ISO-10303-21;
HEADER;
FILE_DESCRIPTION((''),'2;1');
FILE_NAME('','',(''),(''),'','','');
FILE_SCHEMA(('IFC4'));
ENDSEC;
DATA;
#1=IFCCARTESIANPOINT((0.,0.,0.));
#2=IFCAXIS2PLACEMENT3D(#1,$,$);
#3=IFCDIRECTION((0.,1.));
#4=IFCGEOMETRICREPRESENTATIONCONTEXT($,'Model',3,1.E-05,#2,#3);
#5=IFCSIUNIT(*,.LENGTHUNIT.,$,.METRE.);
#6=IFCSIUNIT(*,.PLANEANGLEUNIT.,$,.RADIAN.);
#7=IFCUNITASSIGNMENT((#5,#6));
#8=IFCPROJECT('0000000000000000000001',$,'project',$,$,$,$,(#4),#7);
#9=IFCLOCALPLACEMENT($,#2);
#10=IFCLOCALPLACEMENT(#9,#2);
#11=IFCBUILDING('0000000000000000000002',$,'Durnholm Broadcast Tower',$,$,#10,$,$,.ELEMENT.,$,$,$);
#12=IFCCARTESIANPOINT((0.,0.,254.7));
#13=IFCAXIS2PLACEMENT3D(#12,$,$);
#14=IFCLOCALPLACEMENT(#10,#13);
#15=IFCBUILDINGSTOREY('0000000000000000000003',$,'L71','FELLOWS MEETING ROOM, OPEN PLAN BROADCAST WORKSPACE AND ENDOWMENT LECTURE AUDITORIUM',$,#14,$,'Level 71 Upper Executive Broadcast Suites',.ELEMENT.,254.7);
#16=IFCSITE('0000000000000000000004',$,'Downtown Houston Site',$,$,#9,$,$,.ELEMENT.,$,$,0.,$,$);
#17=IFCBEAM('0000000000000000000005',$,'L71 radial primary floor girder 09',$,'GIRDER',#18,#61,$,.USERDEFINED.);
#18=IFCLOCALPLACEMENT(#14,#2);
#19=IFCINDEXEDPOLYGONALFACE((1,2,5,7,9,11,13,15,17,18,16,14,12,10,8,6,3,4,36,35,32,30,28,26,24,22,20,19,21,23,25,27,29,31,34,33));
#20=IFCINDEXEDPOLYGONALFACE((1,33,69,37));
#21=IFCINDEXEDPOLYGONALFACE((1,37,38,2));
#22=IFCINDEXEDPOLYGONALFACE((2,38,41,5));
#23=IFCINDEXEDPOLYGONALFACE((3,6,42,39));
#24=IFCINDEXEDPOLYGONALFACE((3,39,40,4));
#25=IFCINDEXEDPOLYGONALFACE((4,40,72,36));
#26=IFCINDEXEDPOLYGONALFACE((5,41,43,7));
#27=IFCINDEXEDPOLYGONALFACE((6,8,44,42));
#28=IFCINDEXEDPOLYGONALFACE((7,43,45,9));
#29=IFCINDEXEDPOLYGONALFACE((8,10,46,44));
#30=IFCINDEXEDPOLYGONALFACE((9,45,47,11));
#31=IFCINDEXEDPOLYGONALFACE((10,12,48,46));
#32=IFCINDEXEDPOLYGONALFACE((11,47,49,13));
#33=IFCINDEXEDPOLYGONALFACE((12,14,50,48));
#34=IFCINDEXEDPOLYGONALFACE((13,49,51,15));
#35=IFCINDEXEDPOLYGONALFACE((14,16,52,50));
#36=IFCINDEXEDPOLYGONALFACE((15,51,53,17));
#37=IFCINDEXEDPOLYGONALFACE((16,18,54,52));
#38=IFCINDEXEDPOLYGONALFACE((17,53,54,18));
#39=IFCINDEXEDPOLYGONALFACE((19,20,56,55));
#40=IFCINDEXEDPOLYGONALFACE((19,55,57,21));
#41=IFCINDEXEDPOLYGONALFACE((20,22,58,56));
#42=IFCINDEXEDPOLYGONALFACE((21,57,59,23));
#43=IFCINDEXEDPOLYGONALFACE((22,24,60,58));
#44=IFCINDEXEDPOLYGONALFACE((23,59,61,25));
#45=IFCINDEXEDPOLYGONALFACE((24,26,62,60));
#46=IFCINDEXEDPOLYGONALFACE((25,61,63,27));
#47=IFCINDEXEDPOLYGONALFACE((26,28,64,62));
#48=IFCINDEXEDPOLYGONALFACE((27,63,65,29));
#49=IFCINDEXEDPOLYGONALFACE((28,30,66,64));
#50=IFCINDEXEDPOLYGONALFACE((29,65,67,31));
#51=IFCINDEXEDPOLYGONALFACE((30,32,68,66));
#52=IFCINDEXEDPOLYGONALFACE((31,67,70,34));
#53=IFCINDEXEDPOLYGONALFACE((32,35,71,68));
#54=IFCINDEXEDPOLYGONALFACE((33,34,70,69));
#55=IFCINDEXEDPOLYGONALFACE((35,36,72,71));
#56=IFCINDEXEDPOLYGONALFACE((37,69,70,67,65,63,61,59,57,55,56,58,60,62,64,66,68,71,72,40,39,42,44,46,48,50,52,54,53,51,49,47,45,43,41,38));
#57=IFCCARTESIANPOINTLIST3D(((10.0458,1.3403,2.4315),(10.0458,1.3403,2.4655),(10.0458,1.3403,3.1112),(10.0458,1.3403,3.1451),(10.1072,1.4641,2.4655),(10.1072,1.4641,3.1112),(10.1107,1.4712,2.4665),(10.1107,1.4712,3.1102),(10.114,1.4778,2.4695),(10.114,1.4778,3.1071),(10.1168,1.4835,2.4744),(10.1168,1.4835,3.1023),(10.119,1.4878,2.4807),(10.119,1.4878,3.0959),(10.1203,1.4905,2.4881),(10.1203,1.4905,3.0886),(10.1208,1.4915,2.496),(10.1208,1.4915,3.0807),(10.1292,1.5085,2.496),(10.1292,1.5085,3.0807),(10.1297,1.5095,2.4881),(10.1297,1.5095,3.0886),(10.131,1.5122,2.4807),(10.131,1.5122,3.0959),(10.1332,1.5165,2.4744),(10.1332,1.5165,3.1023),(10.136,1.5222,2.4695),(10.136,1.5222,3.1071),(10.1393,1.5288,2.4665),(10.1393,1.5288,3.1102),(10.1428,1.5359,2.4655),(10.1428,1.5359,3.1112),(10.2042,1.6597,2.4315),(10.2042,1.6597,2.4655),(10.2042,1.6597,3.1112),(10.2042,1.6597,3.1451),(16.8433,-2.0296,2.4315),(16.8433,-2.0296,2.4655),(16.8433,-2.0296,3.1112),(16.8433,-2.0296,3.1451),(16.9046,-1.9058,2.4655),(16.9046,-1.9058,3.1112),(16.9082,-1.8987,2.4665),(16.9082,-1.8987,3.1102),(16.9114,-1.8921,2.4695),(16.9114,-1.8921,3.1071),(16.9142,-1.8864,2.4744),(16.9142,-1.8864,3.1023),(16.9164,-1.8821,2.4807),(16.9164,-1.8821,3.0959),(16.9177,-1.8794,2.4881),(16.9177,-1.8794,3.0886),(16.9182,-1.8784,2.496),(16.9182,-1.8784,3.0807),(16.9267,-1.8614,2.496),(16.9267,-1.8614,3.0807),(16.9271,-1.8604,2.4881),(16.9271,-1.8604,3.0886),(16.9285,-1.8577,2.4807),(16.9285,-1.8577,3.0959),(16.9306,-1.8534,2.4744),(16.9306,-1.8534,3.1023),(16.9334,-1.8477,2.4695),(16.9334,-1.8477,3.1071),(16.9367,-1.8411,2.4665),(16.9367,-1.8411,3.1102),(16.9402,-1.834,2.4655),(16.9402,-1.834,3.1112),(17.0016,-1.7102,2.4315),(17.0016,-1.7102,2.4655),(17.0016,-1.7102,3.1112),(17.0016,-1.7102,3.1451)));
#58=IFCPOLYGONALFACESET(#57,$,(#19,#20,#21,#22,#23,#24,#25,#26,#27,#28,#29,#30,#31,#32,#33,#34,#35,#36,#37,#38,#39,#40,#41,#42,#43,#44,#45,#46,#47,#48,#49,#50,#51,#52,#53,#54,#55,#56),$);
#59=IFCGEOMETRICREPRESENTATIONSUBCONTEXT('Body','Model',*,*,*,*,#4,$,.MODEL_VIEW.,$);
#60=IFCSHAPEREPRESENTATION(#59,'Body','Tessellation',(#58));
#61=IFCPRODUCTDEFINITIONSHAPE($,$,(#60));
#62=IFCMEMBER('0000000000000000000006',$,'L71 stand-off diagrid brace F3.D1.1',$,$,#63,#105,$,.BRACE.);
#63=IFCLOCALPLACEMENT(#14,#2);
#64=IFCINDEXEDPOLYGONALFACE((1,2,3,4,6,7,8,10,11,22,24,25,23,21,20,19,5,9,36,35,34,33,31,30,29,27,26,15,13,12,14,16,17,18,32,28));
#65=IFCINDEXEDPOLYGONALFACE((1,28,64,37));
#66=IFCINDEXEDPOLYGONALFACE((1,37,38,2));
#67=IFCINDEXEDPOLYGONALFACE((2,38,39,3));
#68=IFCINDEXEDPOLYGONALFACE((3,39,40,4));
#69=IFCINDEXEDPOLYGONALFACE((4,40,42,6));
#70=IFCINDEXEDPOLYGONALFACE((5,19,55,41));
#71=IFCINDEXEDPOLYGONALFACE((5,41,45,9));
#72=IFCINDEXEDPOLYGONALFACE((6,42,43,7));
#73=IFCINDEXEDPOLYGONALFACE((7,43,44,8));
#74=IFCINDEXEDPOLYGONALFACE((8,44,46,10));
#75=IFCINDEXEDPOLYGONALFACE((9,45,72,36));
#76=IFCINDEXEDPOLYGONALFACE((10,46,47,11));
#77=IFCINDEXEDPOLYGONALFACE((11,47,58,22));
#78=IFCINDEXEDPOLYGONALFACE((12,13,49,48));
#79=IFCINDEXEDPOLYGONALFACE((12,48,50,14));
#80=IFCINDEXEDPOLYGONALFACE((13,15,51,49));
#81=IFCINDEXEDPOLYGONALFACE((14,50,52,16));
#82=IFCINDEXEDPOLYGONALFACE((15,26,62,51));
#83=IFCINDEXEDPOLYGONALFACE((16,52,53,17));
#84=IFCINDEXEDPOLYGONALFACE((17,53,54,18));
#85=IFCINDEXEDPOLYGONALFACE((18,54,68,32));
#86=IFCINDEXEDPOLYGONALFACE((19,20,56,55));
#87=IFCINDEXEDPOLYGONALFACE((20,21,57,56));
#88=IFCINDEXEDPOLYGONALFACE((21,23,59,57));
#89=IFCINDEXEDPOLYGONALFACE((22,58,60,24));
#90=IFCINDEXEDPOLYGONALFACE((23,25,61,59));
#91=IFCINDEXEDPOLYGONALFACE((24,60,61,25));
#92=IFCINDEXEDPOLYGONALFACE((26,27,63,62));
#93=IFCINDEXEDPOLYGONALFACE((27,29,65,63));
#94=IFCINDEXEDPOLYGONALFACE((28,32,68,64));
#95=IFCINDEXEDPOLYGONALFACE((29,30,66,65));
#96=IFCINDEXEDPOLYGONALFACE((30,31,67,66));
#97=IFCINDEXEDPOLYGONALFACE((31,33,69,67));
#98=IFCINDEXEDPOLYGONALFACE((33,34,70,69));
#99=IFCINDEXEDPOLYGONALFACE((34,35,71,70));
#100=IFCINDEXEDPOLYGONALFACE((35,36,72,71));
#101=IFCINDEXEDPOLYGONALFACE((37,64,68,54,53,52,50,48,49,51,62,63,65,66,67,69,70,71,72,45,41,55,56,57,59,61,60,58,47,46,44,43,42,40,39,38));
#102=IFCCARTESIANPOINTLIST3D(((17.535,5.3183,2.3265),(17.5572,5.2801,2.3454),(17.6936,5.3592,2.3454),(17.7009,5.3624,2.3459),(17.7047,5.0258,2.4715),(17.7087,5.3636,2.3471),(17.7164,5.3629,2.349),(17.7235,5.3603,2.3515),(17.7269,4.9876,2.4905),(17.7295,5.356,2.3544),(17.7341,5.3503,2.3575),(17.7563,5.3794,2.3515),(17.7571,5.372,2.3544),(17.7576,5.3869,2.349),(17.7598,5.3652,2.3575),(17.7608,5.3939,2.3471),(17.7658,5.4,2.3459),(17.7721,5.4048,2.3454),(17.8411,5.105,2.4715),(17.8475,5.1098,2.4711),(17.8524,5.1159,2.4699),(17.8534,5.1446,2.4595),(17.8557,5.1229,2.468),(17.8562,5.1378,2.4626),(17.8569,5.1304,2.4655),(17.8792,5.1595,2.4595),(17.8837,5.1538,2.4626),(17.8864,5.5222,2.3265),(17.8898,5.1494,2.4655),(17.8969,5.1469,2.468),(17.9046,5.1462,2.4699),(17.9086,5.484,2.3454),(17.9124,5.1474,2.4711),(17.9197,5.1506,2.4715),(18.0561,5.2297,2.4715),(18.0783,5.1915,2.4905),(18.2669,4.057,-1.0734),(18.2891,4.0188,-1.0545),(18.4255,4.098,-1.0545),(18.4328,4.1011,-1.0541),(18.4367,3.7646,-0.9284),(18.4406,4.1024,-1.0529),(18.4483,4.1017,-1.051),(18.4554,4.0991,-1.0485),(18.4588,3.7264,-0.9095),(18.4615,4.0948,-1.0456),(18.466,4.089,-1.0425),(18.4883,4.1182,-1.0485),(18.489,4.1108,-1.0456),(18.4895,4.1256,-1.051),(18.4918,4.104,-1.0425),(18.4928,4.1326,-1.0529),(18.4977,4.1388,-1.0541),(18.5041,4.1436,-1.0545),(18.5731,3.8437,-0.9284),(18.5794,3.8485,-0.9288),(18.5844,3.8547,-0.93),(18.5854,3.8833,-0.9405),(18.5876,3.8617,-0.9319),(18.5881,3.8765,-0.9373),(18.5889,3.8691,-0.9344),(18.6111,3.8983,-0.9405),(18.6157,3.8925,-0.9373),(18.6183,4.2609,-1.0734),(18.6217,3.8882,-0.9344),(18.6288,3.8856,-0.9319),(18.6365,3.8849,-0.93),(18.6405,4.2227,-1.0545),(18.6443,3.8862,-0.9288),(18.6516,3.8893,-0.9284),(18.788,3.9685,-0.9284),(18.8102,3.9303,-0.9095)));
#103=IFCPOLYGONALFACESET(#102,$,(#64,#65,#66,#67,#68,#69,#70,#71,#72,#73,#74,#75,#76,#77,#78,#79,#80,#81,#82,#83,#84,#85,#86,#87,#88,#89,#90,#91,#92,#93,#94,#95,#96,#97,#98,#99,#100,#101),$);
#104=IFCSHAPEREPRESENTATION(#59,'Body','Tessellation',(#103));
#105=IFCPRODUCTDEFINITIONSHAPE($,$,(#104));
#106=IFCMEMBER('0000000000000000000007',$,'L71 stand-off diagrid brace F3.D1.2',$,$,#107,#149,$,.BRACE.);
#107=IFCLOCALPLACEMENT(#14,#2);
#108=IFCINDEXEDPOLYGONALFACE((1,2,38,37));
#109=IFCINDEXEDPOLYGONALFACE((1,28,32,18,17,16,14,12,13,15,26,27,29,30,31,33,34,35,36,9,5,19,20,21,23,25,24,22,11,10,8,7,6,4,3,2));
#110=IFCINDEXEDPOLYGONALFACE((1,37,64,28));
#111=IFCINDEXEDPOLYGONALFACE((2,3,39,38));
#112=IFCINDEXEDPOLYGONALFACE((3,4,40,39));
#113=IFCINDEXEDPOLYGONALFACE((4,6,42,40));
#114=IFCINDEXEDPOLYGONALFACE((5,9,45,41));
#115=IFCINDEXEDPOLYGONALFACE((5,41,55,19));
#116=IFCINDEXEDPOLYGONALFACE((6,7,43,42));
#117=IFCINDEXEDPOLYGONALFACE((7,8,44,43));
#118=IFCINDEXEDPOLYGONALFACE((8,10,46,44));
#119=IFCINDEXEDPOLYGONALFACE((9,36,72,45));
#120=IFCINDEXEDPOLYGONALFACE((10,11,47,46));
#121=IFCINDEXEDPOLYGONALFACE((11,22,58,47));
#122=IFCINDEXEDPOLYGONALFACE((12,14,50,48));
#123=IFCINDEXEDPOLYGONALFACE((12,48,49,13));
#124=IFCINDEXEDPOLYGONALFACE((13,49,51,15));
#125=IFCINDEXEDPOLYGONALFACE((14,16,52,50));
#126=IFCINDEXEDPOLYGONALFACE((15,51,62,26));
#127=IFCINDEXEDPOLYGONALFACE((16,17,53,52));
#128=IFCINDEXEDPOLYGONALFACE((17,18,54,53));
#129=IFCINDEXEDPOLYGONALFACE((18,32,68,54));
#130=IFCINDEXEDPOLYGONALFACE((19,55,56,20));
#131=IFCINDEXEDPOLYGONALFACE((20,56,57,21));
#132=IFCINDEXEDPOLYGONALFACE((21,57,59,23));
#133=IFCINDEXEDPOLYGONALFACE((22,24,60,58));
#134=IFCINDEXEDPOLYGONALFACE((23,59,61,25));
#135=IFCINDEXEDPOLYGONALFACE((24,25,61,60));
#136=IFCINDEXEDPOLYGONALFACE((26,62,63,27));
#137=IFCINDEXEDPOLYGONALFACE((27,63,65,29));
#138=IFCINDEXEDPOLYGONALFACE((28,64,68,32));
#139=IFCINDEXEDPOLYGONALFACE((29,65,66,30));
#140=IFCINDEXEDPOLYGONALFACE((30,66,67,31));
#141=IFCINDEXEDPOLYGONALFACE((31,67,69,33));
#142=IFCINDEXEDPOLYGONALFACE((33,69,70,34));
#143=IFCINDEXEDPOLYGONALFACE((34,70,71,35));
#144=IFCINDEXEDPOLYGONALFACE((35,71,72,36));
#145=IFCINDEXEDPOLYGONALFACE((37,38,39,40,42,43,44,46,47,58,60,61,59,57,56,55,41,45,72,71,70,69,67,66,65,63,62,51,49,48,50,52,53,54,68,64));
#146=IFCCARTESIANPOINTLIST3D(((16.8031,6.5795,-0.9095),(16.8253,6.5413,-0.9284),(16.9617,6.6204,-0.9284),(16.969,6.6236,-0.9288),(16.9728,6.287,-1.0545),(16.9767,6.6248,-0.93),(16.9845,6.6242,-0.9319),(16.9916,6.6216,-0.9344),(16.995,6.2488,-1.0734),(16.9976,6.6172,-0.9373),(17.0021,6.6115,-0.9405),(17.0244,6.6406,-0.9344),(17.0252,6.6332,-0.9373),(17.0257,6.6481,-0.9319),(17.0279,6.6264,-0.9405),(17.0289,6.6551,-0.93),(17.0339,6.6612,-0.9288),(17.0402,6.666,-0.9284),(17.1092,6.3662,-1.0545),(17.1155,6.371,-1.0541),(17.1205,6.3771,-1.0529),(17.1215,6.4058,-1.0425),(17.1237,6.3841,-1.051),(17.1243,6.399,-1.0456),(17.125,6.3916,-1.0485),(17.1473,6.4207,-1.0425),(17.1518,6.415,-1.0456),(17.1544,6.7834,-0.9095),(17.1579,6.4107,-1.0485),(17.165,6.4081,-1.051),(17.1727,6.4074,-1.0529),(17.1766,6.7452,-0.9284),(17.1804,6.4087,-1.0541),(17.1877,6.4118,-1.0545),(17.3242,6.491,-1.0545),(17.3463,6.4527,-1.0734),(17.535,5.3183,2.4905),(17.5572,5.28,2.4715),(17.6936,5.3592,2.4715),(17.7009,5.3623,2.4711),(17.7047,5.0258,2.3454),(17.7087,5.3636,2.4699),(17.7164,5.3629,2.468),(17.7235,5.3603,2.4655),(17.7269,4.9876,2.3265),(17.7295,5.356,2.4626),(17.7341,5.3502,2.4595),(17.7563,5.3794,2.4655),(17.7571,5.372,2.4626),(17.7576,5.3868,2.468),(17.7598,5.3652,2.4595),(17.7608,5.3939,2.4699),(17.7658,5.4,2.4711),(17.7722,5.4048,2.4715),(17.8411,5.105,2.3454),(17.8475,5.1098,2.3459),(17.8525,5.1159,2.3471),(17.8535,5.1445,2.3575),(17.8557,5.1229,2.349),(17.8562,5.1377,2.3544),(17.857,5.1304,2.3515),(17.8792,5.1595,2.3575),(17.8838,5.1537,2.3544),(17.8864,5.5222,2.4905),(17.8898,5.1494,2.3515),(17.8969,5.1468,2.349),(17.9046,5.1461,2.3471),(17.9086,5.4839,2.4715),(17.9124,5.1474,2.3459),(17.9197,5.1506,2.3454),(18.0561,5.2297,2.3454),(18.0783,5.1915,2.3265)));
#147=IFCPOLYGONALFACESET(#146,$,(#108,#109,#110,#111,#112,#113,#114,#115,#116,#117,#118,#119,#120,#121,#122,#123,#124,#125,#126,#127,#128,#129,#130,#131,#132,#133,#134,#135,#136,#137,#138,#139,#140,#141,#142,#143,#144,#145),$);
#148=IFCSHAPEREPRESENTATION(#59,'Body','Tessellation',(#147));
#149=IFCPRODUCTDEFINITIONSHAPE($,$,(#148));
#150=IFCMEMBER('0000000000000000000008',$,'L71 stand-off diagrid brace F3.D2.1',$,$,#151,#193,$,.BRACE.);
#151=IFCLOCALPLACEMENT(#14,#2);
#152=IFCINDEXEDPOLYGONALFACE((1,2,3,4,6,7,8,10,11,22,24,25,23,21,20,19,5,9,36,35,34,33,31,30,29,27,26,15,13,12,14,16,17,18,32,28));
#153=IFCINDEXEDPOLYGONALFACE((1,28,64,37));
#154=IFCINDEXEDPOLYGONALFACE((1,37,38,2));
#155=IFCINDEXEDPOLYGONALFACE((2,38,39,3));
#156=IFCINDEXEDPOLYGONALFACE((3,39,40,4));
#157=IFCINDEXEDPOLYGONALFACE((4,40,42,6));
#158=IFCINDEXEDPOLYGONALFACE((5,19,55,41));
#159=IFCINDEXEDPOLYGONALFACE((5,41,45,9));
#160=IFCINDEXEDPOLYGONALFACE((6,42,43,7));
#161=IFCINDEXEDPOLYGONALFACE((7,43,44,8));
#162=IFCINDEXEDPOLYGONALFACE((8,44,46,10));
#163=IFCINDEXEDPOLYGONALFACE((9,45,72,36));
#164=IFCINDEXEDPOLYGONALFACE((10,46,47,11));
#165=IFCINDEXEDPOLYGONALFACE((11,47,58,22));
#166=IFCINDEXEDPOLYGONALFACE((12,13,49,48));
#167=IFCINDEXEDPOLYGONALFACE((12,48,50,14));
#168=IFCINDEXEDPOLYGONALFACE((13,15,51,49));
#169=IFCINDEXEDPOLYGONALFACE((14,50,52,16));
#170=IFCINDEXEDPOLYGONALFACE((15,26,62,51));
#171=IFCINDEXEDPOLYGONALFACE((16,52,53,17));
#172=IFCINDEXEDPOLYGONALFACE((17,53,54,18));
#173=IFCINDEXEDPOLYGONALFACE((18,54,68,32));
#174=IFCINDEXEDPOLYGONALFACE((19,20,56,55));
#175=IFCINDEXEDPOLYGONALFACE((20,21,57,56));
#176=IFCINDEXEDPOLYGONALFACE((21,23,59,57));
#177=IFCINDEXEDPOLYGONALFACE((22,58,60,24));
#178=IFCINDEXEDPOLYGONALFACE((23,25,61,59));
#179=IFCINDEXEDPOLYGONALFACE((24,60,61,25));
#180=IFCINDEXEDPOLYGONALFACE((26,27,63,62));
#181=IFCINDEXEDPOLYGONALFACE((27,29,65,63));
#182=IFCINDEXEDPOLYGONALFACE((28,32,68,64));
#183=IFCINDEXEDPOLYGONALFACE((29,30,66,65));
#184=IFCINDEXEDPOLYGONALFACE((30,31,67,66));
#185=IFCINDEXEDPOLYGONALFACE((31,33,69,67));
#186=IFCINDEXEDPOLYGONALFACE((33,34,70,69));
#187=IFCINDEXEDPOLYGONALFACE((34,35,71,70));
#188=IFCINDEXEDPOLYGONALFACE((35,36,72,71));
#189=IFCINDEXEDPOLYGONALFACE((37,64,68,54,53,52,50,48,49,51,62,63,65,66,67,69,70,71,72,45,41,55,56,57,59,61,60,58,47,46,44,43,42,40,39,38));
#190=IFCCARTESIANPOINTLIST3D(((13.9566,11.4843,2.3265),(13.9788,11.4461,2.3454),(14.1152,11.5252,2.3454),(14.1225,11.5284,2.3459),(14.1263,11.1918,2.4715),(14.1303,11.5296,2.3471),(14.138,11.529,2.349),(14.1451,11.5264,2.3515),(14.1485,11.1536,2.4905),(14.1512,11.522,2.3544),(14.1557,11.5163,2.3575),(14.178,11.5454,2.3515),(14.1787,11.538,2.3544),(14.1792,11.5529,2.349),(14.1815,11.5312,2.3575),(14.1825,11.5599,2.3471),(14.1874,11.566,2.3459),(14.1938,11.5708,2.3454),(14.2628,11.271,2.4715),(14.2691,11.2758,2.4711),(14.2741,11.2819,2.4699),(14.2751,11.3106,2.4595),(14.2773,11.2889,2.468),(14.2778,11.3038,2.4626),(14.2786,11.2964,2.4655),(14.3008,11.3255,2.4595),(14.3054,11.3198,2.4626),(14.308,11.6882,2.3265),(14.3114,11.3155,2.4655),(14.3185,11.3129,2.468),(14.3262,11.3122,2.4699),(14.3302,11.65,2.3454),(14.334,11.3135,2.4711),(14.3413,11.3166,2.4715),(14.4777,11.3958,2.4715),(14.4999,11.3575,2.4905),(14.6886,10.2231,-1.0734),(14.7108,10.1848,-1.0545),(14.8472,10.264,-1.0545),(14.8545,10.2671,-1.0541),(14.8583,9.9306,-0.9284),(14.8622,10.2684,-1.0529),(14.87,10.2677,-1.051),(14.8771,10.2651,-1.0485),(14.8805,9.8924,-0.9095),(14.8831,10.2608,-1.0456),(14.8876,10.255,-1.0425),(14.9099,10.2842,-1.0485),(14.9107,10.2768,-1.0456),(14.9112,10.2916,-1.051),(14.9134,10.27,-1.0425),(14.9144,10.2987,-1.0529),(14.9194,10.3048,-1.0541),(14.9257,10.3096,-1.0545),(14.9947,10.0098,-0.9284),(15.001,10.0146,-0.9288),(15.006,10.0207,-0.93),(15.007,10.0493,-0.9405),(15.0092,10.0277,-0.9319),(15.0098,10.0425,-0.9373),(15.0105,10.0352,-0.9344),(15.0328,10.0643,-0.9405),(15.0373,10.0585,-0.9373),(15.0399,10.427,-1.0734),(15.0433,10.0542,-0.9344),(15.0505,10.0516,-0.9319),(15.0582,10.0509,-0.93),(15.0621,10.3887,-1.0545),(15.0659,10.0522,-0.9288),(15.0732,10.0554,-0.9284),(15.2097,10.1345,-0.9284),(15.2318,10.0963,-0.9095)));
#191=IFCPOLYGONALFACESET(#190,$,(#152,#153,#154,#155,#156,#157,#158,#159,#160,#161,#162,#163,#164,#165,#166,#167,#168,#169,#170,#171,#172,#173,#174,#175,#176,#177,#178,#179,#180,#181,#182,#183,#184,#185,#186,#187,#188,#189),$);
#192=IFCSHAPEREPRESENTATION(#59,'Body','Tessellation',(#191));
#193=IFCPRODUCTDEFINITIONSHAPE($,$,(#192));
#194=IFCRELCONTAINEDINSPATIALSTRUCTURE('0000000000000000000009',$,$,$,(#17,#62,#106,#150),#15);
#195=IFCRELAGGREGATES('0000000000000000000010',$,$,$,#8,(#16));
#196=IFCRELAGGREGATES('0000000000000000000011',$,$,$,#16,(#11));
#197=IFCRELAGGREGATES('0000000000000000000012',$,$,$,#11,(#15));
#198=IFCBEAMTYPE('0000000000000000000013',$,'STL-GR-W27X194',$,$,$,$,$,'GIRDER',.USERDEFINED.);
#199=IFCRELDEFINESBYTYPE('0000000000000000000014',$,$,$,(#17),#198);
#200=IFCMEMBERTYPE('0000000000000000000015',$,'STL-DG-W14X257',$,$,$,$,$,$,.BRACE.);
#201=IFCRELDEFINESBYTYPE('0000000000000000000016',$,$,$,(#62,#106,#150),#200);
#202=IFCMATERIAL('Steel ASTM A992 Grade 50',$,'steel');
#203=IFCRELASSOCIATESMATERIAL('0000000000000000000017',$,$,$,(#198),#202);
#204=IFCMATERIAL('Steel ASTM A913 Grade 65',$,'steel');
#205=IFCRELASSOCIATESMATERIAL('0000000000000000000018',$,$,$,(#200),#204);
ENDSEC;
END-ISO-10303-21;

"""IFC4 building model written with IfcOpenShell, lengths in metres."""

from ifc_helpers import new_model, si_unit, direction, frame, origin, origin_2d, place, context, subcontext, project, spatial, i_section, extrude, source, transform, mapped, material, material_profile, profile_set, type_object, type_shapes, element, save


model = new_model("IFC4")

# Units and contexts
model_context = context("Model", 3, precision=1e-05, world=origin(), true_north=direction((0.0, 1.0)))
body_context = subcontext(model_context, "Body", "Model", "MODEL_VIEW")
ifc_project = project(units=[si_unit("LENGTHUNIT", "METRE"), si_unit("PLANEANGLEUNIT", "RADIAN")], contexts=[model_context])

# Site, building, storey
site_placement = place(None, origin())
site = spatial("IfcSite", under=ifc_project, at=site_placement, Name="Downtown Houston Site", CompositionType="ELEMENT", RefElevation=0.0)
building_placement = place(site_placement, origin())
building = spatial("IfcBuilding", under=site, at=building_placement, Name="Durnholm Broadcast Tower", CompositionType="ELEMENT")
storey_placement = place(building_placement, frame((0.0, 0.0, 254.7)))
storey = spatial("IfcBuildingStorey", under=building, at=storey_placement, Name="L71", Description="FELLOWS MEETING ROOM, OPEN PLAN BROADCAST WORKSPACE AND ENDOWMENT LECTURE AUDITORIUM", LongName="Level 71 Upper Executive Broadcast Suites", CompositionType="ELEMENT", Elevation=254.7)

# Beam
ifc_material_1 = material(Name="Steel ASTM A992 Grade 50", Category="steel")
ifc_material_profile_1 = material_profile(ifc_material_1, i_section(OverallWidth=0.3564, OverallDepth=0.7136, WebThickness=0.019, FlangeThickness=0.0339, FilletRadius=0.0305, at=origin_2d()), Name="W27X194")
ifc_profile_set_1 = profile_set([ifc_material_profile_1], Name="Steel ASTM A992 Grade 50")
beam_type_1 = type_object("IfcBeamType", Name="STL-GR-W27X194", ElementType="GIRDER", PredefinedType="USERDEFINED", material=ifc_profile_set_1)
shared_shape_1 = source(origin(), body_context, "Body", "SweptSolid", [
    extrude(i_section(OverallWidth=0.3564, OverallDepth=0.7136, WebThickness=0.019, FlangeThickness=0.0339, FilletRadius=0.0305, at=origin_2d()), origin(), (0.0, 0.0, 1.0), 7.5869),
])
beam_1_placement = place(storey_placement, frame((10.125, 1.5, 2.7883), z_axis=(0.895941, -0.444173, 0.0), x_axis=(0.444173, 0.895941, 0.0)))
element("IfcBeam", 1, at=beam_1_placement, inside=storey, type_object=beam_type_1, Name="L71 radial primary floor girder 09", ObjectType="GIRDER", PredefinedType="USERDEFINED", context=body_context, shape_type="MappedRepresentation", body=[
    mapped(shared_shape_1, transform((0.0, 0.0, 0.0), x_axis=(1.0, 0.0, 0.0), y_axis=(0.0, 1.0, 0.0), z_axis=(0.0, 0.0, 1.0), scale=1.0)),
])

# Members
ifc_material_2 = material(Name="Steel ASTM A913 Grade 65", Category="steel")
ifc_material_profile_2 = material_profile(ifc_material_2, i_section(OverallWidth=0.4062, OverallDepth=0.416, WebThickness=0.0298, FlangeThickness=0.0481, FilletRadius=0.0305, at=origin_2d()), Name="W14X257")
ifc_profile_set_2 = profile_set([ifc_material_profile_2], Name="Steel ASTM A913 Grade 65")
member_type_1 = type_object("IfcMemberType", Name="STL-DG-W14X257", PredefinedType="BRACE", material=ifc_profile_set_2)
shared_shape_2 = source(origin(), body_context, "Body", "SweptSolid", [
    extrude(i_section(OverallWidth=0.4062, OverallDepth=0.416, WebThickness=0.0298, FlangeThickness=0.0481, FilletRadius=0.0305, at=origin_2d()), origin(), (0.0, 0.0, 1.0), 3.6995),
])
type_shapes(member_type_1, [shared_shape_2])
for number, where, z_axis, x_axis, name in (
    (2, (18.5386, 3.9937, -0.9915), (-0.19785, 0.340926, 0.919035), (-0.864906, -0.501934, 0.0), "L71 stand-off diagrid brace F3.D1.1"),
    (3, (17.0747, 6.5161, -0.9915), (0.19785, -0.340926, 0.919035), (0.864906, 0.501934, 0.0), "L71 stand-off diagrid brace F3.D1.2"),
    (4, (14.9602, 10.1597, -0.9915), (-0.19785, 0.340926, 0.919035), (-0.864906, -0.501934, 0.0), "L71 stand-off diagrid brace F3.D2.1"),
):
    element("IfcMember", number, at=place(storey_placement, frame(where, z_axis=z_axis, x_axis=x_axis)), inside=storey, type_object=member_type_1, Name=name, PredefinedType="BRACE", context=body_context, shape_type="MappedRepresentation", body=[
        mapped(shared_shape_2, transform((0.0, 0.0, 0.0), x_axis=(1.0, 0.0, 0.0), y_axis=(0.0, 1.0, 0.0), z_axis=(0.0, 0.0, 1.0), scale=1.0)),
    ])

save(model, "model.ifc")
